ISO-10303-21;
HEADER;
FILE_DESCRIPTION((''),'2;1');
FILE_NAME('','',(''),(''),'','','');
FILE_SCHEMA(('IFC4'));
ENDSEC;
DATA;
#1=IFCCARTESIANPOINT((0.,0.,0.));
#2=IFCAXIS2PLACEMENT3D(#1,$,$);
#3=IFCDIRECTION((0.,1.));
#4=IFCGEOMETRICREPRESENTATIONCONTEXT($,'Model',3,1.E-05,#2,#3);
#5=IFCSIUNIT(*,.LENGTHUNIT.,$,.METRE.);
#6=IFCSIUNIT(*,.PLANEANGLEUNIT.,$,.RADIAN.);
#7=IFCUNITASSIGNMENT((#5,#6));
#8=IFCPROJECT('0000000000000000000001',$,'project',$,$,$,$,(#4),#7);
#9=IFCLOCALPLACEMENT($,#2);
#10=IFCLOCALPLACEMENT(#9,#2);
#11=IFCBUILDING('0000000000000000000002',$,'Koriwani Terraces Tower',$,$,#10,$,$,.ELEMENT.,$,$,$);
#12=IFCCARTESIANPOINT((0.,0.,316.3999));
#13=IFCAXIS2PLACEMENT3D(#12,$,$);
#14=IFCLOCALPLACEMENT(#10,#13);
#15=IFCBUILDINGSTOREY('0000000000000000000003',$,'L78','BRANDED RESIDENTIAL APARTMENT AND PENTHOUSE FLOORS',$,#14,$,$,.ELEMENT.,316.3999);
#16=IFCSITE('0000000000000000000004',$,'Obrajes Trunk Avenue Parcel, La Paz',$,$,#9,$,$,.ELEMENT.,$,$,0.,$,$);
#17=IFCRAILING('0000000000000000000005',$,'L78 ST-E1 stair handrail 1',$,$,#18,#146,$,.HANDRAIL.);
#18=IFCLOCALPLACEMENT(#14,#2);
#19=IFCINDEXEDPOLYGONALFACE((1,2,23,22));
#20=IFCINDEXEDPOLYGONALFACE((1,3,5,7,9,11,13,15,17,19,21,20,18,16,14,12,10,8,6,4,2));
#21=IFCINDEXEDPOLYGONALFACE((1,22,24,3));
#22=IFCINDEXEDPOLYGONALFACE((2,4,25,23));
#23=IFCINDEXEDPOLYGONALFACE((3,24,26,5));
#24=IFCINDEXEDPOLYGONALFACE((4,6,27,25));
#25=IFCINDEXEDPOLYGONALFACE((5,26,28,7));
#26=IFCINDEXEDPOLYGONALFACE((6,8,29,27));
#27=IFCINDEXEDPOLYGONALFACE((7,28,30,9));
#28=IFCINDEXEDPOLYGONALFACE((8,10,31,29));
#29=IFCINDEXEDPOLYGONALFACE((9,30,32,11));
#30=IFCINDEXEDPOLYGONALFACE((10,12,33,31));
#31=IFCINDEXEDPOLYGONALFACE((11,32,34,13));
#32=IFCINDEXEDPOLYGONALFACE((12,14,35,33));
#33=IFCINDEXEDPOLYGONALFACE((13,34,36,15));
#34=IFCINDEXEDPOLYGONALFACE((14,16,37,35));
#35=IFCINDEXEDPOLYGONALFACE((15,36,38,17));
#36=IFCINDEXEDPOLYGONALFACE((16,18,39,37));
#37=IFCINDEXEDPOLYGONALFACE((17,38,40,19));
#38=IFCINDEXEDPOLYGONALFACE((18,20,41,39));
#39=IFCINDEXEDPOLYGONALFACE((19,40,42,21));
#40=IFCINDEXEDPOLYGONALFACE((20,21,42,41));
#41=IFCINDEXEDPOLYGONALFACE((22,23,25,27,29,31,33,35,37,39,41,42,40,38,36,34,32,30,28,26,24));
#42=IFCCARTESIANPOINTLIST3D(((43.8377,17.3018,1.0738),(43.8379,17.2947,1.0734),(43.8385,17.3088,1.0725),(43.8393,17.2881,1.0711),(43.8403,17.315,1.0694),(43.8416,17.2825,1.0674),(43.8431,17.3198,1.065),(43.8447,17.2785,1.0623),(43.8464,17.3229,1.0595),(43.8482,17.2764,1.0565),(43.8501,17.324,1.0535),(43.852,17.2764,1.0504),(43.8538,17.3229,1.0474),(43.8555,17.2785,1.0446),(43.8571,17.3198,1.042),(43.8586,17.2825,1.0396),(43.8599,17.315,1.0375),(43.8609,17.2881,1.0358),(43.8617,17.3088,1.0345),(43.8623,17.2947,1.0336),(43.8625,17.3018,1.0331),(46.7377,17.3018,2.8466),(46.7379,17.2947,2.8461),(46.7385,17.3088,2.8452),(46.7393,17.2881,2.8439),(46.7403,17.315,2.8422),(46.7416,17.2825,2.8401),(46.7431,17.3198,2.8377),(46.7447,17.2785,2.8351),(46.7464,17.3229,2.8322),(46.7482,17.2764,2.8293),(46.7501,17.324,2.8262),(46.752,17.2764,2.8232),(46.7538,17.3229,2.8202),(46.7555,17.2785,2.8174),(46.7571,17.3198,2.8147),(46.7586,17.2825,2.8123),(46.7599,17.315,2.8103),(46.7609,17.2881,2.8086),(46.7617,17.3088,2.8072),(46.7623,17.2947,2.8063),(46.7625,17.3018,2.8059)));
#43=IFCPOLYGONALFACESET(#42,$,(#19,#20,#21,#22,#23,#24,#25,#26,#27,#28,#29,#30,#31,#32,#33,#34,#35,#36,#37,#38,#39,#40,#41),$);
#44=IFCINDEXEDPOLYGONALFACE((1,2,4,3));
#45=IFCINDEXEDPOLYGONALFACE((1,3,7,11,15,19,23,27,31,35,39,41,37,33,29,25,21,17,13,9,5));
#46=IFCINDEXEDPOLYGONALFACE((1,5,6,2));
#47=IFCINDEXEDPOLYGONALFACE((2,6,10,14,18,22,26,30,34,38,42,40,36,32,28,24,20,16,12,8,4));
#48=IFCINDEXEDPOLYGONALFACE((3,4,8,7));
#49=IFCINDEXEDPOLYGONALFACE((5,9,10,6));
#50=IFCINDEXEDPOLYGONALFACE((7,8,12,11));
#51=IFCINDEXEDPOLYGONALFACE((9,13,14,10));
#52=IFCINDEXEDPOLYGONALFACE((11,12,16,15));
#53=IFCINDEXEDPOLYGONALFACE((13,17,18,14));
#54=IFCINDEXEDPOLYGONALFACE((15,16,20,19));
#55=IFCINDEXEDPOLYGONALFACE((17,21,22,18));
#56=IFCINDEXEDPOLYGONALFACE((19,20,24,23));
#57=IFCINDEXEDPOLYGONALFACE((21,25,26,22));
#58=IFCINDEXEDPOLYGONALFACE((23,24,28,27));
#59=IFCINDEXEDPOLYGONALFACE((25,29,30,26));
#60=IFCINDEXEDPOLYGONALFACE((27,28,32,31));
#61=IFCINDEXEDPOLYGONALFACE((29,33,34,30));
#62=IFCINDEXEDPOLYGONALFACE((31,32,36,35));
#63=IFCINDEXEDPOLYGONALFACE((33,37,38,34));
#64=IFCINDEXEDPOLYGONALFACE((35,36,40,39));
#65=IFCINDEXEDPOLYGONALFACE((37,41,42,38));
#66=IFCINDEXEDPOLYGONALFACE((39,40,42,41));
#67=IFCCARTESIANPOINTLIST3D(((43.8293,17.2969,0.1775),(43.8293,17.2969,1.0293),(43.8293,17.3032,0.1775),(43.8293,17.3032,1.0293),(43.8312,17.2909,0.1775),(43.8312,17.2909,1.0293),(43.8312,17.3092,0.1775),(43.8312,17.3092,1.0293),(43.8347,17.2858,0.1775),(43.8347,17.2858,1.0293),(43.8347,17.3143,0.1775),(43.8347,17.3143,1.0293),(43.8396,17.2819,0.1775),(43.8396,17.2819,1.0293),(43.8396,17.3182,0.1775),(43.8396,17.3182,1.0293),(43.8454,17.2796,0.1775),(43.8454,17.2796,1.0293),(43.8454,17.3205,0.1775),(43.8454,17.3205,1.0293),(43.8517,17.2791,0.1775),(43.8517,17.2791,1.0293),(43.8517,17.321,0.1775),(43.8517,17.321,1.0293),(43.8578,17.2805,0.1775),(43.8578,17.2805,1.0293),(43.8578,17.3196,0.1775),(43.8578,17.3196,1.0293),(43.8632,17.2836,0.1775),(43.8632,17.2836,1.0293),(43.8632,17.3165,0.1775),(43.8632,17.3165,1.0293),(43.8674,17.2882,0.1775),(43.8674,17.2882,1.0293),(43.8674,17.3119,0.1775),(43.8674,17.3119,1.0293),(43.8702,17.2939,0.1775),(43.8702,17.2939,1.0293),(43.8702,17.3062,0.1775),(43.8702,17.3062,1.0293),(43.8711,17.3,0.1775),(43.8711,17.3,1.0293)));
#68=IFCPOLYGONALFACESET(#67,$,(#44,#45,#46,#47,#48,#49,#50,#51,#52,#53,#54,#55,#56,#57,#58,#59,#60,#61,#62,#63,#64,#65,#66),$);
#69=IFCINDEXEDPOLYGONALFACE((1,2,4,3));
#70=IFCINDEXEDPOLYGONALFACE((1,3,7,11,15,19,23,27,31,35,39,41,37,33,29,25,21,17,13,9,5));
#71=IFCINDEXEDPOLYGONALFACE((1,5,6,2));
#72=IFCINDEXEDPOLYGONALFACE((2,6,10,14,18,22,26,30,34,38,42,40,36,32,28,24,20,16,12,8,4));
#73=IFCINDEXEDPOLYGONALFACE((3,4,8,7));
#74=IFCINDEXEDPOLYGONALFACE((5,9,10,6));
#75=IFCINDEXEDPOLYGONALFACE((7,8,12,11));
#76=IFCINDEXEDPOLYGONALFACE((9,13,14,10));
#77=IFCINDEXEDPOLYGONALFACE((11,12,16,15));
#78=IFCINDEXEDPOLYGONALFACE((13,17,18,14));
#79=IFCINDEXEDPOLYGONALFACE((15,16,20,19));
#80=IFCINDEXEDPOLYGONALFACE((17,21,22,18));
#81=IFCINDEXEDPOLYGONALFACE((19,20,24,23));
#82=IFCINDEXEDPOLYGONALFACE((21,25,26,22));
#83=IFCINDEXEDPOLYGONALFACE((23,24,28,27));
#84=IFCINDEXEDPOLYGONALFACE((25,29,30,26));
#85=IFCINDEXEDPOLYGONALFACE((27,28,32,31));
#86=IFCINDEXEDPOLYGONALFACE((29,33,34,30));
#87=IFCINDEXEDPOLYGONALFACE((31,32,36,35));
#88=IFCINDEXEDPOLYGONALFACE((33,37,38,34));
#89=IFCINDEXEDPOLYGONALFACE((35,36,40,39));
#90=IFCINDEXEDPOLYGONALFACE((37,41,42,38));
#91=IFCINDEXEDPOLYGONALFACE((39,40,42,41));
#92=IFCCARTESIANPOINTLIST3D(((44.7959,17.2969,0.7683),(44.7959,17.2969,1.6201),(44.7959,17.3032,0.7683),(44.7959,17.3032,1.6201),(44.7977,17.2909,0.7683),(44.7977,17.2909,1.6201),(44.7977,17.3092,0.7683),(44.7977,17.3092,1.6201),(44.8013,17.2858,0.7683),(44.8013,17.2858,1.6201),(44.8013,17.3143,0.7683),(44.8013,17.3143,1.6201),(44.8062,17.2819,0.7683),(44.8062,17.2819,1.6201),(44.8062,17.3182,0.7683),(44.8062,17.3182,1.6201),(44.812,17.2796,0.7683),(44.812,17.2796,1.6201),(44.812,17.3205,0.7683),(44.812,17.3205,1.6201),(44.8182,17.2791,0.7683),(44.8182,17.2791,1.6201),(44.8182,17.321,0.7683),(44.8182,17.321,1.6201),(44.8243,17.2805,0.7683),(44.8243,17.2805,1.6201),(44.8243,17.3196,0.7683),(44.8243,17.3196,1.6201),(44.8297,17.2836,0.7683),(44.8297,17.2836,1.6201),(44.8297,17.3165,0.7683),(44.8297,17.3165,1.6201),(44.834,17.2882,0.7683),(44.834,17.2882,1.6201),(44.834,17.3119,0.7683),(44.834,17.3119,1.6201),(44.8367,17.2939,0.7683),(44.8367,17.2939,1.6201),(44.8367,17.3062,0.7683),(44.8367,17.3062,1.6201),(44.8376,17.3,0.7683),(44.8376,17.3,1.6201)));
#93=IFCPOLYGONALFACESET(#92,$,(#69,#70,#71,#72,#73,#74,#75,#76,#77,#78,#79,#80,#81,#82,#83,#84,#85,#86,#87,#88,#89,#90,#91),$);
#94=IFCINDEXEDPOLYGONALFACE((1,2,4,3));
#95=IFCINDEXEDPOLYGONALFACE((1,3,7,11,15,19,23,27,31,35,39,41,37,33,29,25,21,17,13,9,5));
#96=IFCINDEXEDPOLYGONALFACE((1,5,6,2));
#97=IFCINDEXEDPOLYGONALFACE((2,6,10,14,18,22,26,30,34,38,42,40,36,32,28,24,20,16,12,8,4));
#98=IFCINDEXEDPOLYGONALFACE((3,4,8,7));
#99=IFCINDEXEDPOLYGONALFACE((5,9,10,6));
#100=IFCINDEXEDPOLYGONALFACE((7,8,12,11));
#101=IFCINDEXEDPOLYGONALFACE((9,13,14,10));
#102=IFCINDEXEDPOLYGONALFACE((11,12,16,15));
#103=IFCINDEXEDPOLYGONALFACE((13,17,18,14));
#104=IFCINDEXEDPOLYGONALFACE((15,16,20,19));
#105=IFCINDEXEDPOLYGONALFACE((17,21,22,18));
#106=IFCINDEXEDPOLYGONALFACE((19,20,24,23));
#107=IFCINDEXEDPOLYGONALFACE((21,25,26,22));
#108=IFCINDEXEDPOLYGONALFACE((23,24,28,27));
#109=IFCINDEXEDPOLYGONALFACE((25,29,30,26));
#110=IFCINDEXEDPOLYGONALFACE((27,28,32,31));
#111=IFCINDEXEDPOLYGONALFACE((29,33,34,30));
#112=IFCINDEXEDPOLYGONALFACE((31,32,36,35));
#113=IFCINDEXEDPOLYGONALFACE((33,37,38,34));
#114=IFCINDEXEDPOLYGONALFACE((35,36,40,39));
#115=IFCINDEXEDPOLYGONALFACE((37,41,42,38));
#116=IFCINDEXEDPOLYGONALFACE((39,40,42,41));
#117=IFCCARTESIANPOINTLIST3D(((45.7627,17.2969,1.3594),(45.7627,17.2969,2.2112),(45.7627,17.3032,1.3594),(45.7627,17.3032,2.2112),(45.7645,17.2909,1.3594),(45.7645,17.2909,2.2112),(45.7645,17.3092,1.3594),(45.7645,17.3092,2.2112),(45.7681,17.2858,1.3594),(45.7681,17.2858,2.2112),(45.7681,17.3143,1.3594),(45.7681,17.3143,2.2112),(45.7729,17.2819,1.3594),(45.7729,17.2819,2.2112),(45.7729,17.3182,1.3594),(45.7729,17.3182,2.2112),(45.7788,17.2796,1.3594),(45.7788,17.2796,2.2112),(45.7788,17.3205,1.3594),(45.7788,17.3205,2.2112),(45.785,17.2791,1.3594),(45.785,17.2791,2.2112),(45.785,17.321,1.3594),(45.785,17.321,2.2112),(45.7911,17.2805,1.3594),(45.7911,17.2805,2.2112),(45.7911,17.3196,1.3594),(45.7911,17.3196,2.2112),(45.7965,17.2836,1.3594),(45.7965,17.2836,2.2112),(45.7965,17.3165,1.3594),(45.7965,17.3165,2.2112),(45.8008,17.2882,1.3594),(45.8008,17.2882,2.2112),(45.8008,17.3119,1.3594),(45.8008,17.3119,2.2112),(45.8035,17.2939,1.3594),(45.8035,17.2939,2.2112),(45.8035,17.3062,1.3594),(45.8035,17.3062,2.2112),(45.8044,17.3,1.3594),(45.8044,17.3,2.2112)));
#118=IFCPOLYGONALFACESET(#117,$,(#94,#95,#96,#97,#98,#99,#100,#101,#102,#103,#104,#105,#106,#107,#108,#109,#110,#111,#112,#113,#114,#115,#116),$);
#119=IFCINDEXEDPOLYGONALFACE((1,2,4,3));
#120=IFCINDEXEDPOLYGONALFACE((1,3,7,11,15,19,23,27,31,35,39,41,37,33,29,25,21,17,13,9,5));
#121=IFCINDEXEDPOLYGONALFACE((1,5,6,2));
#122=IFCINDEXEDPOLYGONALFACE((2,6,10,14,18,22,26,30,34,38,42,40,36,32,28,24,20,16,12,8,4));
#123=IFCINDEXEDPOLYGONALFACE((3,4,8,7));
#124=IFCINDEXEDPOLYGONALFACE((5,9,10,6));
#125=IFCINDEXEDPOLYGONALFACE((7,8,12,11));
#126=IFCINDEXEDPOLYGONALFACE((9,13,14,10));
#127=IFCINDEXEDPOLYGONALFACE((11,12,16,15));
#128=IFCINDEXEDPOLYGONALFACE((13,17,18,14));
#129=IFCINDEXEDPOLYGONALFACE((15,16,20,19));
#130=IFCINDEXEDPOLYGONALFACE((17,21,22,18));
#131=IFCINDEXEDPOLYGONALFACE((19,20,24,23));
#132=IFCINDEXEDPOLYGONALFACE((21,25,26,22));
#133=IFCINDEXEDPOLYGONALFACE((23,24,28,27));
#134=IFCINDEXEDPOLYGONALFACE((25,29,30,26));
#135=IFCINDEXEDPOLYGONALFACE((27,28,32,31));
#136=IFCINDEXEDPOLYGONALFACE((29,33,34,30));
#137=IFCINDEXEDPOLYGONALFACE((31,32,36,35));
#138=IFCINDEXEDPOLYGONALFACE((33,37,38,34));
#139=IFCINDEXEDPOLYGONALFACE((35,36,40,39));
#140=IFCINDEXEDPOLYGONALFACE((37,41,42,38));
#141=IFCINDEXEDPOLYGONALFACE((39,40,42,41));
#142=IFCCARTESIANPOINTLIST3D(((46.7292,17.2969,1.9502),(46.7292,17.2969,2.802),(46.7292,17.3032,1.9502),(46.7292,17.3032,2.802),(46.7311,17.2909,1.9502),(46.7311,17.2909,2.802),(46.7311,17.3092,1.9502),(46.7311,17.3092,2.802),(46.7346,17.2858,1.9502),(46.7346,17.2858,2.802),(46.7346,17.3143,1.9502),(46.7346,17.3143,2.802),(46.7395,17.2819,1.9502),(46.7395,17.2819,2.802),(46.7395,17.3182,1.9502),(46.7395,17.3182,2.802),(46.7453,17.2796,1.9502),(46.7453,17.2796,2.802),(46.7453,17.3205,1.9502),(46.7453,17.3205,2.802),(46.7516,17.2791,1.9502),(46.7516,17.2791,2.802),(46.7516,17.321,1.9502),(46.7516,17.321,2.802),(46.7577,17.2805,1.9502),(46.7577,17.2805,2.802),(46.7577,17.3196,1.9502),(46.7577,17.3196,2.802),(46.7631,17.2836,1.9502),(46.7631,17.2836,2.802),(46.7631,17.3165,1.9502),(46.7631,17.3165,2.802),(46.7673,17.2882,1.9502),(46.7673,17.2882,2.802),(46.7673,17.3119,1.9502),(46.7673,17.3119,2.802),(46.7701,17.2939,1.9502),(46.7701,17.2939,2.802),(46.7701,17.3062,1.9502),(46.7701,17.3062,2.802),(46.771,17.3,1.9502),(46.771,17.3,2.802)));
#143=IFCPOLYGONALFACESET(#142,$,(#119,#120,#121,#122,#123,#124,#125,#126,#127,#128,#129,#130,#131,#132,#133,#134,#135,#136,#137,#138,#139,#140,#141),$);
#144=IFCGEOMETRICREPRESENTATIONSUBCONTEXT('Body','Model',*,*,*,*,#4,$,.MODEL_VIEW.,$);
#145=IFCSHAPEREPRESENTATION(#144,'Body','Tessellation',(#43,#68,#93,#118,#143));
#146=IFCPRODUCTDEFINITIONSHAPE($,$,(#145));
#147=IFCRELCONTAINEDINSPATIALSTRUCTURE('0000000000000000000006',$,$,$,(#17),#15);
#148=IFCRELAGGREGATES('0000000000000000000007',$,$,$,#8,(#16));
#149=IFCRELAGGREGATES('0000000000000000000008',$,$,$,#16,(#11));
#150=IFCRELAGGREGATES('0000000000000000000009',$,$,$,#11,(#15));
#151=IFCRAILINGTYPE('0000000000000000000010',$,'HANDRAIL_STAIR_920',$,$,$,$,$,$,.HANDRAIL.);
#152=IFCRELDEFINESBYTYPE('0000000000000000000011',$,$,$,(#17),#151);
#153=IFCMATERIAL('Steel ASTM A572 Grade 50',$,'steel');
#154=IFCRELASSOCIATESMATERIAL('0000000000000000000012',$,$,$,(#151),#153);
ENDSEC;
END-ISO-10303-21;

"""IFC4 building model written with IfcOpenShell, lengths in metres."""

from ifc_helpers import new_model, si_unit, direction, frame, origin, origin_2d, place, context, subcontext, project, spatial, circle, extrude, material, type_object, element, save


model = new_model("IFC4")

# Units and contexts
model_context = context("Model", 3, precision=1e-05, world=origin(), true_north=direction((0.0, 1.0)))
body_context = subcontext(model_context, "Body", "Model", "MODEL_VIEW")
ifc_project = project(units=[si_unit("LENGTHUNIT", "METRE"), si_unit("PLANEANGLEUNIT", "RADIAN")], contexts=[model_context])

# Site, building, storey
site_placement = place(None, origin())
site = spatial("IfcSite", under=ifc_project, at=site_placement, Name="Obrajes Trunk Avenue Parcel, La Paz", CompositionType="ELEMENT", RefElevation=0.0)
building_placement = place(site_placement, origin())
building = spatial("IfcBuilding", under=site, at=building_placement, Name="Koriwani Terraces Tower", CompositionType="ELEMENT")
storey_placement = place(building_placement, frame((0.0, 0.0, 316.3999)))
storey = spatial("IfcBuildingStorey", under=building, at=storey_placement, Name="L78", Description="BRANDED RESIDENTIAL APARTMENT AND PENTHOUSE FLOORS", CompositionType="ELEMENT", Elevation=316.3999)

# Shared definitions
ifc_material_1 = material(Name="Steel ASTM A572 Grade 50", Category="steel")

# Railing
railing_type_1 = type_object("IfcRailingType", Name="HANDRAIL_STAIR_920", PredefinedType="HANDRAIL", material=ifc_material_1)
for number, where, name in (
    (1, (43.8501, 17.3, 0.1775), "L78 ST-E1 stair handrail 1"),
):
    element("IfcRailing", number, at=place(storey_placement, frame(where)), inside=storey, type_object=railing_type_1, Name=name, PredefinedType="HANDRAIL", context=body_context, shape_type="SweptSolid", body=[
        extrude(circle(Radius=0.0239, at=origin_2d()), frame((0.0, 0.0, 0.876), z_axis=(0.853211, 0.0, 0.521566), x_axis=(0.0, 1.0, 0.0)), (0.0, 0.0, 1.0), 3.3989),
        extrude(circle(Radius=0.021, at=origin_2d()), origin(), (0.0, 0.0, 1.0), 0.8518),
        extrude(circle(Radius=0.021, at=origin_2d()), frame((0.9666, 0.0, 0.5908)), (0.0, 0.0, 1.0), 0.8518),
        extrude(circle(Radius=0.021, at=origin_2d()), frame((1.9333, 0.0, 1.1819)), (0.0, 0.0, 1.0), 0.8518),
        extrude(circle(Radius=0.021, at=origin_2d()), frame((2.8999, 0.0, 1.7727)), (0.0, 0.0, 1.0), 0.8518),
    ])

save(model, "model.ifc")
